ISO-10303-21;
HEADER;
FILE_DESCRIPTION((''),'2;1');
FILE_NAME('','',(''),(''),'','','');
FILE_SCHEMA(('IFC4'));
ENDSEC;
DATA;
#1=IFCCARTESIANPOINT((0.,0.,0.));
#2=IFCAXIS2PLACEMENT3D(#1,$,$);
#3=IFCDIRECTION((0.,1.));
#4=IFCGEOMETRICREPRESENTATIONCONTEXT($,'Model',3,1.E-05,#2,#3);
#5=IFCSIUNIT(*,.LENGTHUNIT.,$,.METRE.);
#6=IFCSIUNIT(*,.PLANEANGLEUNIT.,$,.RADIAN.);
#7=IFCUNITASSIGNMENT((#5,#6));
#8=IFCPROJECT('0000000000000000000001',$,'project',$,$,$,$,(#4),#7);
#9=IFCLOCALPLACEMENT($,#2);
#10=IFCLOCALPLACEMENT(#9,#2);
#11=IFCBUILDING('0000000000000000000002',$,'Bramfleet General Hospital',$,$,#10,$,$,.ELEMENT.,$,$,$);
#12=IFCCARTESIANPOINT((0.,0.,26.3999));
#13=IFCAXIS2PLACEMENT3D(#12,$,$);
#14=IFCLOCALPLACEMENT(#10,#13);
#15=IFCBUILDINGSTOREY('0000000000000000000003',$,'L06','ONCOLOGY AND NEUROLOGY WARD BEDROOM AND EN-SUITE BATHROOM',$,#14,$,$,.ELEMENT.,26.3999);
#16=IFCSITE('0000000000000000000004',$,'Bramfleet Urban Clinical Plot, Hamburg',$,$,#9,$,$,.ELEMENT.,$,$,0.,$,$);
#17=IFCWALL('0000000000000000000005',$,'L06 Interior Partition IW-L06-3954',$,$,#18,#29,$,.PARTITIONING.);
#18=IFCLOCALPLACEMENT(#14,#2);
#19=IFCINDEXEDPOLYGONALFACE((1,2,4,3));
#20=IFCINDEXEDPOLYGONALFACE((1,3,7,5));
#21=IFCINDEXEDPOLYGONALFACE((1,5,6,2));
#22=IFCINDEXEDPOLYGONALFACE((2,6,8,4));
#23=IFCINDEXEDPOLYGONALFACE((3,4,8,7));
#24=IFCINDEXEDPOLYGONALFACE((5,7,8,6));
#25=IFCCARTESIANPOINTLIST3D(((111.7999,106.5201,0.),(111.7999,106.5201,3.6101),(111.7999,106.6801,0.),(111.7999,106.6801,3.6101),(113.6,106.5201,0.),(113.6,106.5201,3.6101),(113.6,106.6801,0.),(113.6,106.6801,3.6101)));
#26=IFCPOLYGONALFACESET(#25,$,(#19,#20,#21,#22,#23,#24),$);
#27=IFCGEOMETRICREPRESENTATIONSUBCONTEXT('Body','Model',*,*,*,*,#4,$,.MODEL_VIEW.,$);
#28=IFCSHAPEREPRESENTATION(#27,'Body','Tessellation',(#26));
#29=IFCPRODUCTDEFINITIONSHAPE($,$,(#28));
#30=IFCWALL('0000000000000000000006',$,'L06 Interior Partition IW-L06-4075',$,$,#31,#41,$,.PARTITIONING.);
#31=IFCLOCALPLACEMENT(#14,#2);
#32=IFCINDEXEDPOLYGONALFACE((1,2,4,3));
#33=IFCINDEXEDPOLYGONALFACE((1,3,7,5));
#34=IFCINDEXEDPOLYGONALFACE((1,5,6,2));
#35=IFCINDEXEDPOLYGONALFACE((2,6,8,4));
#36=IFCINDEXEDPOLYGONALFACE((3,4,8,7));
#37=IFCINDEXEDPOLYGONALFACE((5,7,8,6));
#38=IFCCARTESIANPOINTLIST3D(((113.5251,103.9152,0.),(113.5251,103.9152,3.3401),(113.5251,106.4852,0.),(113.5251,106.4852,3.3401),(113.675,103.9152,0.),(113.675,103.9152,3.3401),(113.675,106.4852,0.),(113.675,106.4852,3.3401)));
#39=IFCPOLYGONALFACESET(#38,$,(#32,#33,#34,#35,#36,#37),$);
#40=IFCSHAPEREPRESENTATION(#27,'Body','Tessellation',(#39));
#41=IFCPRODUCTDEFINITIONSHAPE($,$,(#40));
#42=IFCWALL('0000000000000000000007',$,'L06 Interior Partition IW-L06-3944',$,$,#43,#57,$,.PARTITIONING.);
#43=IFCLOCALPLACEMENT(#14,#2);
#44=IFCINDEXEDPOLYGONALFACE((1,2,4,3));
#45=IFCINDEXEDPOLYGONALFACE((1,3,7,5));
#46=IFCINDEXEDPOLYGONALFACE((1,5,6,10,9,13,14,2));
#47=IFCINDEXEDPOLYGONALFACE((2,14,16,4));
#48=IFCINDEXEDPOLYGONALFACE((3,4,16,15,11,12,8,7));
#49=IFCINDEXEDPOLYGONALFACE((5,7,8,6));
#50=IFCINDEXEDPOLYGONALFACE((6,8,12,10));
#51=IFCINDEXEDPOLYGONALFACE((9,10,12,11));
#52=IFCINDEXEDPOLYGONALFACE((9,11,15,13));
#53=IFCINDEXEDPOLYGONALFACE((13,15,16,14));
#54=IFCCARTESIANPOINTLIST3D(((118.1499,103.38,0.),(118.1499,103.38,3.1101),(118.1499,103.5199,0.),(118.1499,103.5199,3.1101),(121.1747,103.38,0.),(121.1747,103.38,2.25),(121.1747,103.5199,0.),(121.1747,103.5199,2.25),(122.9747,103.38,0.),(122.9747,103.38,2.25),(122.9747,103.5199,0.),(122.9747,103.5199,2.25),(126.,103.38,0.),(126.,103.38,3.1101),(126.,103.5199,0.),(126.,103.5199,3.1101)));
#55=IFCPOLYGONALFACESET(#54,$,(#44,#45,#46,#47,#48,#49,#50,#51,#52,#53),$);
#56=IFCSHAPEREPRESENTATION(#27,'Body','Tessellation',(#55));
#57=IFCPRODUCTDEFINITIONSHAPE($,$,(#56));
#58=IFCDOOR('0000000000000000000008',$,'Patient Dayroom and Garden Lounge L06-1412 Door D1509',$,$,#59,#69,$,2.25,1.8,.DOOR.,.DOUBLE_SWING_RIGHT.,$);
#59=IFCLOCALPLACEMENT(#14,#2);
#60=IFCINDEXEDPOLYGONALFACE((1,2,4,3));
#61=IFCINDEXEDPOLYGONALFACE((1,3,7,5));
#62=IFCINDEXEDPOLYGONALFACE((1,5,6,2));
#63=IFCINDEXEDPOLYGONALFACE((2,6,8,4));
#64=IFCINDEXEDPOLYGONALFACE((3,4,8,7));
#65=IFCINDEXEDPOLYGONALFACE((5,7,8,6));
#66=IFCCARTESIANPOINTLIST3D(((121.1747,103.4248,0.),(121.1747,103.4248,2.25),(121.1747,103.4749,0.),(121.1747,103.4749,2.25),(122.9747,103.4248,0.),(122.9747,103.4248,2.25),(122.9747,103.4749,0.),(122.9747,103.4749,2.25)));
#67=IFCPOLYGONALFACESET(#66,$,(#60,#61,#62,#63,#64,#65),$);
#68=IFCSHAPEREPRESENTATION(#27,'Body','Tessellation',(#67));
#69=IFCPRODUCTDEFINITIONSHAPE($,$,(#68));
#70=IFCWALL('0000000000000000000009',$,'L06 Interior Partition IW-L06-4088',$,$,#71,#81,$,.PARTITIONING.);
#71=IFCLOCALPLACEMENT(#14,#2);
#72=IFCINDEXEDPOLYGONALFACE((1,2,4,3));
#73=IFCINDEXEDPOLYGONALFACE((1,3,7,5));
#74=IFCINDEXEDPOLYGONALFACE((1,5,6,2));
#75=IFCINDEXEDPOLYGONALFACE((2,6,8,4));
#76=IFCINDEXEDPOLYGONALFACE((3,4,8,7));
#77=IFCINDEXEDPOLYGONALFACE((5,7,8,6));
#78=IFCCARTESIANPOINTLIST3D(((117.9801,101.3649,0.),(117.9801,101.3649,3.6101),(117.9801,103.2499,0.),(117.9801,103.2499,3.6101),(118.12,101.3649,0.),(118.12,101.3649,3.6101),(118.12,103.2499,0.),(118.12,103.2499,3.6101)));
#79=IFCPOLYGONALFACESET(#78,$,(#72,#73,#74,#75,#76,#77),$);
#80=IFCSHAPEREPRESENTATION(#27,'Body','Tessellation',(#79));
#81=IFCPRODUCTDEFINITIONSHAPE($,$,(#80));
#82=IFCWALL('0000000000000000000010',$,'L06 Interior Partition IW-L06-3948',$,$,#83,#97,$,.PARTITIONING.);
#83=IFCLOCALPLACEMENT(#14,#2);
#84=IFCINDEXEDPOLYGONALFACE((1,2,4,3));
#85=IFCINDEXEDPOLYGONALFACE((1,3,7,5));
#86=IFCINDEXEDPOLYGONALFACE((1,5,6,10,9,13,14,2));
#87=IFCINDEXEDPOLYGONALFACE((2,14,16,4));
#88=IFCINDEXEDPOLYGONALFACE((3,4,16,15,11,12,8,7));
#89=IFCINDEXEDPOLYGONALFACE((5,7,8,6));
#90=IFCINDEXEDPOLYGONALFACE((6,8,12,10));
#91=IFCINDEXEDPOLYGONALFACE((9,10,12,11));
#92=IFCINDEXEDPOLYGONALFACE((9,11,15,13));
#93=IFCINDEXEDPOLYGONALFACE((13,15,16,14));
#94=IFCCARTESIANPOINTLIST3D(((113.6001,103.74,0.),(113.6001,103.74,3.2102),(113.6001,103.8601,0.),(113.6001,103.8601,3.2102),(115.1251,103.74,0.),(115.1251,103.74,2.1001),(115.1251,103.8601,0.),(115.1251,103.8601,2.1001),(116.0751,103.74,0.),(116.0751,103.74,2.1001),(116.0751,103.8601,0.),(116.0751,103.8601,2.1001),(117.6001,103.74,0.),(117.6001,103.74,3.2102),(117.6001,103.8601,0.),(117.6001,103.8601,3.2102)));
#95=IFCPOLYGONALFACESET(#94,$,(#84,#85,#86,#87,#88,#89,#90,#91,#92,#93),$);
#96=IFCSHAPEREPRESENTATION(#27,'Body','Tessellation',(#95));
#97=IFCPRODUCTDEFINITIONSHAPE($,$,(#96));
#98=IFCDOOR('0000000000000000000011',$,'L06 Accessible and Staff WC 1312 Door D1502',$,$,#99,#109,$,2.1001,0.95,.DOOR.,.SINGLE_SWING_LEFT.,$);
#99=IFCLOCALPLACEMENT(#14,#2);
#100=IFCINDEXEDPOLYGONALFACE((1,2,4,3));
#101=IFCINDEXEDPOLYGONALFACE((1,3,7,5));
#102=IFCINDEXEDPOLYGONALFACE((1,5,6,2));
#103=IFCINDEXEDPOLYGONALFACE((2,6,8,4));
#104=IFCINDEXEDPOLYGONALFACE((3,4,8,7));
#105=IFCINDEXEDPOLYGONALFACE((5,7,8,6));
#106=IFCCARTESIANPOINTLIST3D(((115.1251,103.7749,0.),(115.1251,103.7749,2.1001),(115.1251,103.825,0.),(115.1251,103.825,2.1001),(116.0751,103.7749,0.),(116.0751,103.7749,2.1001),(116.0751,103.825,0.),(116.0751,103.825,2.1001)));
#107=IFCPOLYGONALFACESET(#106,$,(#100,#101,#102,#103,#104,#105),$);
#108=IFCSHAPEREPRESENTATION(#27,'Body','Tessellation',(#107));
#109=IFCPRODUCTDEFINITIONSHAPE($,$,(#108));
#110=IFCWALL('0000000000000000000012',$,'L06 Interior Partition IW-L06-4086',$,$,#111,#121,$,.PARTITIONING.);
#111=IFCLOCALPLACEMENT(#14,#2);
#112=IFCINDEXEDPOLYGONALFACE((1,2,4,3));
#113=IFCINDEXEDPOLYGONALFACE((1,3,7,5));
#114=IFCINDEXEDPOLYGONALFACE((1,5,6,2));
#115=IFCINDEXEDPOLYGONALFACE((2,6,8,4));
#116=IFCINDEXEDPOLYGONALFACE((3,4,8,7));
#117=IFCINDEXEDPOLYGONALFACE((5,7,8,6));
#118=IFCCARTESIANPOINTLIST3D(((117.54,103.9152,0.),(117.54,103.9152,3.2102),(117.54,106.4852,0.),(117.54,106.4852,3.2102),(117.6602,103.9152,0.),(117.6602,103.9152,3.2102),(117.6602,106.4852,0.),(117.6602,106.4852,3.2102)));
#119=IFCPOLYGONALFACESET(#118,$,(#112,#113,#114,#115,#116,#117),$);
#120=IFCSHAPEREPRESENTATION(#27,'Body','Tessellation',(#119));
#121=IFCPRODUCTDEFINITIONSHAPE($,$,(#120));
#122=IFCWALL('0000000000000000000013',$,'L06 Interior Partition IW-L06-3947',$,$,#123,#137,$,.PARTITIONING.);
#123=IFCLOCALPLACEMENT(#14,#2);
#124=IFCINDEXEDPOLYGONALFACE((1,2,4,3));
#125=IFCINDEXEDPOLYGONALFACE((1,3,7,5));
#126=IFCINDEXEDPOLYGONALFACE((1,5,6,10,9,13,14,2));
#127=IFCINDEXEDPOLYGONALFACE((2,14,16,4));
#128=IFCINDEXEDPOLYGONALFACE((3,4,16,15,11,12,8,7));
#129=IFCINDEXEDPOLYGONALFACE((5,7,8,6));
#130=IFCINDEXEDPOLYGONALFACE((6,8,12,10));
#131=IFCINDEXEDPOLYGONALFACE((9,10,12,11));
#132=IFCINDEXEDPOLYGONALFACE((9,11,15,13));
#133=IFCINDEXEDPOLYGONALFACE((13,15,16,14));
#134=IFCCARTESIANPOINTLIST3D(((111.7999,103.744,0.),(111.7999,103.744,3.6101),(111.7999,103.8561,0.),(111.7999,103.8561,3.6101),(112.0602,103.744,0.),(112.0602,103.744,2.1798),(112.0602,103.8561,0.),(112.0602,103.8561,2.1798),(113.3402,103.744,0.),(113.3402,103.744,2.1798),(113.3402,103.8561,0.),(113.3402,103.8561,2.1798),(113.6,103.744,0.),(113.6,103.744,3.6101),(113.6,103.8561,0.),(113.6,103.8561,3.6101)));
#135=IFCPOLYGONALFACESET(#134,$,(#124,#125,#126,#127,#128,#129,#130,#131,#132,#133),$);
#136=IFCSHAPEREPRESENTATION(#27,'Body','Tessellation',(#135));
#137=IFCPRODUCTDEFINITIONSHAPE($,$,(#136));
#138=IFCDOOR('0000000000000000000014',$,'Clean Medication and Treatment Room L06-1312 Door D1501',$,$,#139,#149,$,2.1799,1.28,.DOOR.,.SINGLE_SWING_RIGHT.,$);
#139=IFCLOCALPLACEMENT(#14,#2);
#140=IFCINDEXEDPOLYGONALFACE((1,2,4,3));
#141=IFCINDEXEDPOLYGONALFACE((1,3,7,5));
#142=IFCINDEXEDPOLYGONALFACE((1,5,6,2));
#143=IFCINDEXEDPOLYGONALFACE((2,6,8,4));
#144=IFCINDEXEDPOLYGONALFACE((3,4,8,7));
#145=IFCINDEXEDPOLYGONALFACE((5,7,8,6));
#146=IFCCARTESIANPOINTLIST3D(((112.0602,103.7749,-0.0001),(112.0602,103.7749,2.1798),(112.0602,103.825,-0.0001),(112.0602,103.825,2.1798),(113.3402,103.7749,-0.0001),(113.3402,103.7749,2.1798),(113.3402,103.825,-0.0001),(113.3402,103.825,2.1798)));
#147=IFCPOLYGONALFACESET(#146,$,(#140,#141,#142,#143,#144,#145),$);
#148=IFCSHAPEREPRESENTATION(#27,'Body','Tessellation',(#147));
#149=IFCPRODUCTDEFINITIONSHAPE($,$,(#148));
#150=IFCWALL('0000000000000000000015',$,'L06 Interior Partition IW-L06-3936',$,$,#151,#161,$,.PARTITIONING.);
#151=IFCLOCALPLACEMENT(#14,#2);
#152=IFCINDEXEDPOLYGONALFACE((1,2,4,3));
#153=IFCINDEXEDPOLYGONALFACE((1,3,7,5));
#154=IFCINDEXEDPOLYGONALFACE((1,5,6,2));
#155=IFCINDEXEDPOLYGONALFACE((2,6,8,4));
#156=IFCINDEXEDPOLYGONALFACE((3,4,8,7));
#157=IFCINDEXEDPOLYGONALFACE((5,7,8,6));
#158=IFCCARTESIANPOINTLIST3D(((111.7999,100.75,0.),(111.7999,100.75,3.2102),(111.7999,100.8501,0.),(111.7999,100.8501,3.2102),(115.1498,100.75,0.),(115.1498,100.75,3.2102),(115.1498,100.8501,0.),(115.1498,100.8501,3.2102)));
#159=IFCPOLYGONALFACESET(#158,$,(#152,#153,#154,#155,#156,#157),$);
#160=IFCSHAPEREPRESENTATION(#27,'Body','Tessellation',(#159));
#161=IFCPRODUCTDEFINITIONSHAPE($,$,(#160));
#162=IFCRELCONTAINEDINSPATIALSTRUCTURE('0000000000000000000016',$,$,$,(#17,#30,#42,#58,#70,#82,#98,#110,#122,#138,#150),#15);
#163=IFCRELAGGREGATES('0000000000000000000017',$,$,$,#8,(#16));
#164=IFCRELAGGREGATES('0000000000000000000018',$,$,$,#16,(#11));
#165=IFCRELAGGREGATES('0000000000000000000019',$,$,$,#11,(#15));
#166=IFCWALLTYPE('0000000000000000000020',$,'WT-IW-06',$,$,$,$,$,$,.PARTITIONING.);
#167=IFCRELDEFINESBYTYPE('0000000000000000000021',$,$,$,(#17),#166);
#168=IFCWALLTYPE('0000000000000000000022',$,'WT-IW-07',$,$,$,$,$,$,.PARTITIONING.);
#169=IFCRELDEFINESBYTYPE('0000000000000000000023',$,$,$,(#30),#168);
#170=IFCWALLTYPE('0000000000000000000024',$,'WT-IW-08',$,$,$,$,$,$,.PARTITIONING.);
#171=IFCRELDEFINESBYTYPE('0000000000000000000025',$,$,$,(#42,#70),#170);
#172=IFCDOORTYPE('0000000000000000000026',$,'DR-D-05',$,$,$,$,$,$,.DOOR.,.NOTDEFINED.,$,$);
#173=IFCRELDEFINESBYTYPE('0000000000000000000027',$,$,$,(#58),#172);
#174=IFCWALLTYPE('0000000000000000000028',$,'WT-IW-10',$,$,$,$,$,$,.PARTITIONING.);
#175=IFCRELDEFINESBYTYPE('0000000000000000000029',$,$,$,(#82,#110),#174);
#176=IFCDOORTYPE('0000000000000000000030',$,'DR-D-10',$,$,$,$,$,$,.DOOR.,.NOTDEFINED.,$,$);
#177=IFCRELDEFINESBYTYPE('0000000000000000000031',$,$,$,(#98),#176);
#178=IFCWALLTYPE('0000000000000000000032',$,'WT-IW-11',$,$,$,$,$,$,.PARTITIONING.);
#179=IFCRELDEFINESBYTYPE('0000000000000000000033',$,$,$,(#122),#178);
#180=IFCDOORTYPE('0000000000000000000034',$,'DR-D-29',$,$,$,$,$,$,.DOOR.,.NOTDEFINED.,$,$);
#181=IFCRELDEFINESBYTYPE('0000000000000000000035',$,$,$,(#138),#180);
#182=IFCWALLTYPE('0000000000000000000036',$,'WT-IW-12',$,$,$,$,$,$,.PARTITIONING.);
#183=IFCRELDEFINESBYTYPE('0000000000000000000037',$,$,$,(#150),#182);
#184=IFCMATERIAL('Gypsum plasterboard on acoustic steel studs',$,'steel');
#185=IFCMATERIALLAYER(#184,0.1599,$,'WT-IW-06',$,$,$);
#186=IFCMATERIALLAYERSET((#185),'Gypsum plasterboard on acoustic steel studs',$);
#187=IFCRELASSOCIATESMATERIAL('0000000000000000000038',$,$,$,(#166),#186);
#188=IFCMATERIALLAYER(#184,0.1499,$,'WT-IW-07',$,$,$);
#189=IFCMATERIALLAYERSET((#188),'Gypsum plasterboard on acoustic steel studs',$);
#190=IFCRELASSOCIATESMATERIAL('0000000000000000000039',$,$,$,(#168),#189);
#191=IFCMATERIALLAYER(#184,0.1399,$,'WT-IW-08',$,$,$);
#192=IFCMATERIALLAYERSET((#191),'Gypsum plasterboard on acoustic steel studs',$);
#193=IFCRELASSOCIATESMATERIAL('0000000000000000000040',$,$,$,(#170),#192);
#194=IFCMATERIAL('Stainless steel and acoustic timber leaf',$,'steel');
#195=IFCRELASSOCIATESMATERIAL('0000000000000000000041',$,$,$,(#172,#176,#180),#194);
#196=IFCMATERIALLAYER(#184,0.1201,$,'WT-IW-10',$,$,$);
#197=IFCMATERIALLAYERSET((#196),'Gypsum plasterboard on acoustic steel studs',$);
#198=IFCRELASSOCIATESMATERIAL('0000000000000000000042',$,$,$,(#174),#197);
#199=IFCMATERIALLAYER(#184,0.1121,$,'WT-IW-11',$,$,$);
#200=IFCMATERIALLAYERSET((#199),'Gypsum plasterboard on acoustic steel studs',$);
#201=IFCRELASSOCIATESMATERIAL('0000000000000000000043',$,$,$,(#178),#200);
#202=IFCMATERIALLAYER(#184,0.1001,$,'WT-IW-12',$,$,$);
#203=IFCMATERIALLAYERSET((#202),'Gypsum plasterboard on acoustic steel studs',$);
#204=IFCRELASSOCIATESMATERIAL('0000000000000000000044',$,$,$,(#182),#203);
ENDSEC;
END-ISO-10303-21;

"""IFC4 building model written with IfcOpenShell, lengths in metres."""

from ifc_helpers import new_model, si_unit, direction, frame, frame_2d, origin, place, context, subcontext, project, spatial, rectangle, extrude, material, layer, layer_set, type_object, element, fill, save


model = new_model("IFC4")

# Units and contexts
model_context = context("Model", 3, precision=1e-05, world=origin(), true_north=direction((0.0, 1.0)))
body_context = subcontext(model_context, "Body", "Model", "MODEL_VIEW")
ifc_project = project(units=[si_unit("LENGTHUNIT", "METRE"), si_unit("PLANEANGLEUNIT", "RADIAN")], contexts=[model_context])

# Site, building, storey
site_placement = place(None, origin())
site = spatial("IfcSite", under=ifc_project, at=site_placement, Name="Bramfleet Urban Clinical Plot, Hamburg", CompositionType="ELEMENT", RefElevation=0.0)
building_placement = place(site_placement, origin())
building = spatial("IfcBuilding", under=site, at=building_placement, Name="Bramfleet General Hospital", CompositionType="ELEMENT")
storey_placement = place(building_placement, frame((0.0, 0.0, 26.3999)))
storey = spatial("IfcBuildingStorey", under=building, at=storey_placement, Name="L06", Description="ONCOLOGY AND NEUROLOGY WARD BEDROOM AND EN-SUITE BATHROOM", CompositionType="ELEMENT", Elevation=26.3999)

# Walls
ifc_material_1 = material(Name="Gypsum plasterboard on acoustic steel studs", Category="steel")
ifc_layer_1 = layer(ifc_material_1, 0.1599, Name="WT-IW-06")
ifc_layer_set_1 = layer_set([ifc_layer_1], Name="Gypsum plasterboard on acoustic steel studs")
wall_type_1 = type_object("IfcWallType", Name="WT-IW-06", PredefinedType="PARTITIONING", material=ifc_layer_set_1)
wall_1_placement = place(storey_placement, frame((111.8, 106.6001, 0.0), z_axis=(0.0, 0.0, 1.0), x_axis=(1.0, 0.0, 0.0)))
element("IfcWall", 1, at=wall_1_placement, inside=storey, type_object=wall_type_1, Name="L06 Interior Partition IW-L06-3954", PredefinedType="PARTITIONING", context=body_context, shape_type="SweptSolid", body=[
    extrude(rectangle(XDim=1.8, YDim=0.1599, at=frame_2d((0.8999, 0.0))), origin(), (0.0, 0.0, 1.0), 3.6101),
])
ifc_layer_2 = layer(ifc_material_1, 0.1499, Name="WT-IW-07")
ifc_layer_set_2 = layer_set([ifc_layer_2], Name="Gypsum plasterboard on acoustic steel studs")
wall_type_2 = type_object("IfcWallType", Name="WT-IW-07", PredefinedType="PARTITIONING", material=ifc_layer_set_2)
wall_2_placement = place(storey_placement, frame((113.6001, 103.915, 0.0), z_axis=(0.0, 0.0, 1.0), x_axis=(0.0, 1.0, 0.0)))
element("IfcWall", 2, at=wall_2_placement, inside=storey, type_object=wall_type_2, Name="L06 Interior Partition IW-L06-4075", PredefinedType="PARTITIONING", context=body_context, shape_type="SweptSolid", body=[
    extrude(rectangle(XDim=2.5701, YDim=0.1499, at=frame_2d((1.2852, 0.0))), origin(), (0.0, 0.0, 1.0), 3.3401),
])

# Wall, opening, door
ifc_layer_3 = layer(ifc_material_1, 0.1399, Name="WT-IW-08")
ifc_layer_set_3 = layer_set([ifc_layer_3], Name="Gypsum plasterboard on acoustic steel studs")
wall_type_3 = type_object("IfcWallType", Name="WT-IW-08", PredefinedType="PARTITIONING", material=ifc_layer_set_3)
wall_3_placement = place(storey_placement, frame((118.1499, 103.45, 0.0), z_axis=(0.0, 0.0, 1.0), x_axis=(1.0, 0.0, 0.0)))
wall_3 = element("IfcWall", 3, at=wall_3_placement, inside=storey, type_object=wall_type_3, Name="L06 Interior Partition IW-L06-3944", PredefinedType="PARTITIONING", context=body_context, shape_type="SweptSolid", body=[
    extrude(rectangle(XDim=7.8501, YDim=0.1399, at=frame_2d((3.925, 0.0))), origin(), (0.0, 0.0, 1.0), 3.1101),
])
opening_1_placement = place(wall_3_placement, frame((3.0249, 0.0, 0.0)))
opening_1 = element("IfcOpeningElement", 4, at=opening_1_placement, cuts=wall_3, PredefinedType="OPENING", context=body_context, shape_type="SweptSolid", body=[
    extrude(rectangle(XDim=1.8, YDim=2.25, at=frame_2d((0.8999, 1.125))), frame((0.0, 0.0798, 0.0), z_axis=(0.0, -1.0, 0.0), x_axis=(1.0, 0.0, 0.0)), (0.0, 0.0, 1.0), 0.1599),
])
ifc_material_2 = material(Name="Stainless steel and acoustic timber leaf", Category="steel")
door_type_1 = type_object("IfcDoorType", Name="DR-D-05", OperationType="NOTDEFINED", PredefinedType="DOOR", material=ifc_material_2)
door_1_placement = place(opening_1_placement, origin())
door_1 = element("IfcDoor", 5, at=door_1_placement, inside=storey, type_object=door_type_1, Name="Patient Dayroom and Garden Lounge L06-1412 Door D1509", OperationType="DOUBLE_SWING_RIGHT", OverallHeight=2.25, OverallWidth=1.8, PredefinedType="DOOR", context=body_context, shape_type="SweptSolid", body=[
    extrude(rectangle(XDim=1.8, YDim=2.25, at=frame_2d((0.8999, 1.125))), frame((0.0, 0.0249, 0.0), z_axis=(0.0, -1.0, 0.0), x_axis=(1.0, 0.0, 0.0)), (0.0, 0.0, 1.0), 0.05),
])
fill(opening_1, door_1)

# Wall
wall_4_placement = place(storey_placement, frame((118.05, 101.365, 0.0), z_axis=(0.0, 0.0, 1.0), x_axis=(0.0, 1.0, 0.0)))
element("IfcWall", 6, at=wall_4_placement, inside=storey, type_object=wall_type_3, Name="L06 Interior Partition IW-L06-4088", PredefinedType="PARTITIONING", context=body_context, shape_type="SweptSolid", body=[
    extrude(rectangle(XDim=1.885, YDim=0.1399, at=frame_2d((0.9424, 0.0))), origin(), (0.0, 0.0, 1.0), 3.6101),
])

# Wall, opening, door
ifc_layer_4 = layer(ifc_material_1, 0.1201, Name="WT-IW-10")
ifc_layer_set_4 = layer_set([ifc_layer_4], Name="Gypsum plasterboard on acoustic steel studs")
wall_type_4 = type_object("IfcWallType", Name="WT-IW-10", PredefinedType="PARTITIONING", material=ifc_layer_set_4)
wall_5_placement = place(storey_placement, frame((113.6001, 103.8, 0.0), z_axis=(0.0, 0.0, 1.0), x_axis=(1.0, 0.0, 0.0)))
wall_5 = element("IfcWall", 7, at=wall_5_placement, inside=storey, type_object=wall_type_4, Name="L06 Interior Partition IW-L06-3948", PredefinedType="PARTITIONING", context=body_context, shape_type="SweptSolid", body=[
    extrude(rectangle(XDim=4.0, YDim=0.1201, at=frame_2d((2.0, 0.0))), origin(), (0.0, 0.0, 1.0), 3.2102),
])
opening_2_placement = place(wall_5_placement, frame((1.5249, 0.0, 0.0)))
opening_2 = element("IfcOpeningElement", 8, at=opening_2_placement, cuts=wall_5, PredefinedType="OPENING", context=body_context, shape_type="SweptSolid", body=[
    extrude(rectangle(XDim=0.95, YDim=2.1001, at=frame_2d((0.4751, 1.05))), frame((0.0, 0.0701, 0.0), z_axis=(0.0, -1.0, 0.0), x_axis=(1.0, 0.0, 0.0)), (0.0, 0.0, 1.0), 0.1401),
])
door_type_2 = type_object("IfcDoorType", Name="DR-D-10", OperationType="NOTDEFINED", PredefinedType="DOOR", material=ifc_material_2)
door_2_placement = place(opening_2_placement, origin())
door_2 = element("IfcDoor", 9, at=door_2_placement, inside=storey, type_object=door_type_2, Name="L06 Accessible and Staff WC 1312 Door D1502", OperationType="SINGLE_SWING_LEFT", OverallHeight=2.1001, OverallWidth=0.95, PredefinedType="DOOR", context=body_context, shape_type="SweptSolid", body=[
    extrude(rectangle(XDim=0.95, YDim=2.1001, at=frame_2d((0.4751, 1.05))), frame((0.0, 0.0249, 0.0), z_axis=(0.0, -1.0, 0.0), x_axis=(1.0, 0.0, 0.0)), (0.0, 0.0, 1.0), 0.05),
])
fill(opening_2, door_2)

# Wall
wall_6_placement = place(storey_placement, frame((117.6001, 103.915, 0.0), z_axis=(0.0, 0.0, 1.0), x_axis=(0.0, 1.0, 0.0)))
element("IfcWall", 10, at=wall_6_placement, inside=storey, type_object=wall_type_4, Name="L06 Interior Partition IW-L06-4086", PredefinedType="PARTITIONING", context=body_context, shape_type="SweptSolid", body=[
    extrude(rectangle(XDim=2.5701, YDim=0.1201, at=frame_2d((1.2852, 0.0))), origin(), (0.0, 0.0, 1.0), 3.2102),
])

# Wall, opening, door
ifc_layer_5 = layer(ifc_material_1, 0.1121, Name="WT-IW-11")
ifc_layer_set_5 = layer_set([ifc_layer_5], Name="Gypsum plasterboard on acoustic steel studs")
wall_type_5 = type_object("IfcWallType", Name="WT-IW-11", PredefinedType="PARTITIONING", material=ifc_layer_set_5)
wall_7_placement = place(storey_placement, frame((111.8, 103.8, 0.0), z_axis=(0.0, 0.0, 1.0), x_axis=(1.0, 0.0, 0.0)))
wall_7 = element("IfcWall", 11, at=wall_7_placement, inside=storey, type_object=wall_type_5, Name="L06 Interior Partition IW-L06-3947", PredefinedType="PARTITIONING", context=body_context, shape_type="SweptSolid", body=[
    extrude(rectangle(XDim=1.8, YDim=0.1121, at=frame_2d((0.8999, 0.0))), origin(), (0.0, 0.0, 1.0), 3.6101),
])
opening_3_placement = place(wall_7_placement, frame((0.26, 0.0, 0.0)))
opening_3 = element("IfcOpeningElement", 12, at=opening_3_placement, cuts=wall_7, PredefinedType="OPENING", context=body_context, shape_type="SweptSolid", body=[
    extrude(rectangle(XDim=1.28, YDim=2.1799, at=frame_2d((0.6401, 1.0898))), frame((0.0, 0.0659, 0.0), z_axis=(0.0, -1.0, 0.0), x_axis=(1.0, 0.0, 0.0)), (0.0, 0.0, 1.0), 0.1321),
])
door_type_3 = type_object("IfcDoorType", Name="DR-D-29", OperationType="NOTDEFINED", PredefinedType="DOOR", material=ifc_material_2)
door_3_placement = place(opening_3_placement, origin())
door_3 = element("IfcDoor", 13, at=door_3_placement, inside=storey, type_object=door_type_3, Name="Clean Medication and Treatment Room L06-1312 Door D1501", OperationType="SINGLE_SWING_RIGHT", OverallHeight=2.1799, OverallWidth=1.28, PredefinedType="DOOR", context=body_context, shape_type="SweptSolid", body=[
    extrude(rectangle(XDim=1.28, YDim=2.1799, at=frame_2d((0.6401, 1.0898))), frame((0.0, 0.0249, 0.0), z_axis=(0.0, -1.0, 0.0), x_axis=(1.0, 0.0, 0.0)), (0.0, 0.0, 1.0), 0.05),
])
fill(opening_3, door_3)

# Wall
ifc_layer_6 = layer(ifc_material_1, 0.1001, Name="WT-IW-12")
ifc_layer_set_6 = layer_set([ifc_layer_6], Name="Gypsum plasterboard on acoustic steel studs")
wall_type_6 = type_object("IfcWallType", Name="WT-IW-12", PredefinedType="PARTITIONING", material=ifc_layer_set_6)
wall_8_placement = place(storey_placement, frame((111.8, 100.8, 0.0), z_axis=(0.0, 0.0, 1.0), x_axis=(1.0, 0.0, 0.0)))
element("IfcWall", 14, at=wall_8_placement, inside=storey, type_object=wall_type_6, Name="L06 Interior Partition IW-L06-3936", PredefinedType="PARTITIONING", context=body_context, shape_type="SweptSolid", body=[
    extrude(rectangle(XDim=3.3499, YDim=0.1001, at=frame_2d((1.6748, 0.0))), origin(), (0.0, 0.0, 1.0), 3.2102),
])

save(model, "model.ifc")
